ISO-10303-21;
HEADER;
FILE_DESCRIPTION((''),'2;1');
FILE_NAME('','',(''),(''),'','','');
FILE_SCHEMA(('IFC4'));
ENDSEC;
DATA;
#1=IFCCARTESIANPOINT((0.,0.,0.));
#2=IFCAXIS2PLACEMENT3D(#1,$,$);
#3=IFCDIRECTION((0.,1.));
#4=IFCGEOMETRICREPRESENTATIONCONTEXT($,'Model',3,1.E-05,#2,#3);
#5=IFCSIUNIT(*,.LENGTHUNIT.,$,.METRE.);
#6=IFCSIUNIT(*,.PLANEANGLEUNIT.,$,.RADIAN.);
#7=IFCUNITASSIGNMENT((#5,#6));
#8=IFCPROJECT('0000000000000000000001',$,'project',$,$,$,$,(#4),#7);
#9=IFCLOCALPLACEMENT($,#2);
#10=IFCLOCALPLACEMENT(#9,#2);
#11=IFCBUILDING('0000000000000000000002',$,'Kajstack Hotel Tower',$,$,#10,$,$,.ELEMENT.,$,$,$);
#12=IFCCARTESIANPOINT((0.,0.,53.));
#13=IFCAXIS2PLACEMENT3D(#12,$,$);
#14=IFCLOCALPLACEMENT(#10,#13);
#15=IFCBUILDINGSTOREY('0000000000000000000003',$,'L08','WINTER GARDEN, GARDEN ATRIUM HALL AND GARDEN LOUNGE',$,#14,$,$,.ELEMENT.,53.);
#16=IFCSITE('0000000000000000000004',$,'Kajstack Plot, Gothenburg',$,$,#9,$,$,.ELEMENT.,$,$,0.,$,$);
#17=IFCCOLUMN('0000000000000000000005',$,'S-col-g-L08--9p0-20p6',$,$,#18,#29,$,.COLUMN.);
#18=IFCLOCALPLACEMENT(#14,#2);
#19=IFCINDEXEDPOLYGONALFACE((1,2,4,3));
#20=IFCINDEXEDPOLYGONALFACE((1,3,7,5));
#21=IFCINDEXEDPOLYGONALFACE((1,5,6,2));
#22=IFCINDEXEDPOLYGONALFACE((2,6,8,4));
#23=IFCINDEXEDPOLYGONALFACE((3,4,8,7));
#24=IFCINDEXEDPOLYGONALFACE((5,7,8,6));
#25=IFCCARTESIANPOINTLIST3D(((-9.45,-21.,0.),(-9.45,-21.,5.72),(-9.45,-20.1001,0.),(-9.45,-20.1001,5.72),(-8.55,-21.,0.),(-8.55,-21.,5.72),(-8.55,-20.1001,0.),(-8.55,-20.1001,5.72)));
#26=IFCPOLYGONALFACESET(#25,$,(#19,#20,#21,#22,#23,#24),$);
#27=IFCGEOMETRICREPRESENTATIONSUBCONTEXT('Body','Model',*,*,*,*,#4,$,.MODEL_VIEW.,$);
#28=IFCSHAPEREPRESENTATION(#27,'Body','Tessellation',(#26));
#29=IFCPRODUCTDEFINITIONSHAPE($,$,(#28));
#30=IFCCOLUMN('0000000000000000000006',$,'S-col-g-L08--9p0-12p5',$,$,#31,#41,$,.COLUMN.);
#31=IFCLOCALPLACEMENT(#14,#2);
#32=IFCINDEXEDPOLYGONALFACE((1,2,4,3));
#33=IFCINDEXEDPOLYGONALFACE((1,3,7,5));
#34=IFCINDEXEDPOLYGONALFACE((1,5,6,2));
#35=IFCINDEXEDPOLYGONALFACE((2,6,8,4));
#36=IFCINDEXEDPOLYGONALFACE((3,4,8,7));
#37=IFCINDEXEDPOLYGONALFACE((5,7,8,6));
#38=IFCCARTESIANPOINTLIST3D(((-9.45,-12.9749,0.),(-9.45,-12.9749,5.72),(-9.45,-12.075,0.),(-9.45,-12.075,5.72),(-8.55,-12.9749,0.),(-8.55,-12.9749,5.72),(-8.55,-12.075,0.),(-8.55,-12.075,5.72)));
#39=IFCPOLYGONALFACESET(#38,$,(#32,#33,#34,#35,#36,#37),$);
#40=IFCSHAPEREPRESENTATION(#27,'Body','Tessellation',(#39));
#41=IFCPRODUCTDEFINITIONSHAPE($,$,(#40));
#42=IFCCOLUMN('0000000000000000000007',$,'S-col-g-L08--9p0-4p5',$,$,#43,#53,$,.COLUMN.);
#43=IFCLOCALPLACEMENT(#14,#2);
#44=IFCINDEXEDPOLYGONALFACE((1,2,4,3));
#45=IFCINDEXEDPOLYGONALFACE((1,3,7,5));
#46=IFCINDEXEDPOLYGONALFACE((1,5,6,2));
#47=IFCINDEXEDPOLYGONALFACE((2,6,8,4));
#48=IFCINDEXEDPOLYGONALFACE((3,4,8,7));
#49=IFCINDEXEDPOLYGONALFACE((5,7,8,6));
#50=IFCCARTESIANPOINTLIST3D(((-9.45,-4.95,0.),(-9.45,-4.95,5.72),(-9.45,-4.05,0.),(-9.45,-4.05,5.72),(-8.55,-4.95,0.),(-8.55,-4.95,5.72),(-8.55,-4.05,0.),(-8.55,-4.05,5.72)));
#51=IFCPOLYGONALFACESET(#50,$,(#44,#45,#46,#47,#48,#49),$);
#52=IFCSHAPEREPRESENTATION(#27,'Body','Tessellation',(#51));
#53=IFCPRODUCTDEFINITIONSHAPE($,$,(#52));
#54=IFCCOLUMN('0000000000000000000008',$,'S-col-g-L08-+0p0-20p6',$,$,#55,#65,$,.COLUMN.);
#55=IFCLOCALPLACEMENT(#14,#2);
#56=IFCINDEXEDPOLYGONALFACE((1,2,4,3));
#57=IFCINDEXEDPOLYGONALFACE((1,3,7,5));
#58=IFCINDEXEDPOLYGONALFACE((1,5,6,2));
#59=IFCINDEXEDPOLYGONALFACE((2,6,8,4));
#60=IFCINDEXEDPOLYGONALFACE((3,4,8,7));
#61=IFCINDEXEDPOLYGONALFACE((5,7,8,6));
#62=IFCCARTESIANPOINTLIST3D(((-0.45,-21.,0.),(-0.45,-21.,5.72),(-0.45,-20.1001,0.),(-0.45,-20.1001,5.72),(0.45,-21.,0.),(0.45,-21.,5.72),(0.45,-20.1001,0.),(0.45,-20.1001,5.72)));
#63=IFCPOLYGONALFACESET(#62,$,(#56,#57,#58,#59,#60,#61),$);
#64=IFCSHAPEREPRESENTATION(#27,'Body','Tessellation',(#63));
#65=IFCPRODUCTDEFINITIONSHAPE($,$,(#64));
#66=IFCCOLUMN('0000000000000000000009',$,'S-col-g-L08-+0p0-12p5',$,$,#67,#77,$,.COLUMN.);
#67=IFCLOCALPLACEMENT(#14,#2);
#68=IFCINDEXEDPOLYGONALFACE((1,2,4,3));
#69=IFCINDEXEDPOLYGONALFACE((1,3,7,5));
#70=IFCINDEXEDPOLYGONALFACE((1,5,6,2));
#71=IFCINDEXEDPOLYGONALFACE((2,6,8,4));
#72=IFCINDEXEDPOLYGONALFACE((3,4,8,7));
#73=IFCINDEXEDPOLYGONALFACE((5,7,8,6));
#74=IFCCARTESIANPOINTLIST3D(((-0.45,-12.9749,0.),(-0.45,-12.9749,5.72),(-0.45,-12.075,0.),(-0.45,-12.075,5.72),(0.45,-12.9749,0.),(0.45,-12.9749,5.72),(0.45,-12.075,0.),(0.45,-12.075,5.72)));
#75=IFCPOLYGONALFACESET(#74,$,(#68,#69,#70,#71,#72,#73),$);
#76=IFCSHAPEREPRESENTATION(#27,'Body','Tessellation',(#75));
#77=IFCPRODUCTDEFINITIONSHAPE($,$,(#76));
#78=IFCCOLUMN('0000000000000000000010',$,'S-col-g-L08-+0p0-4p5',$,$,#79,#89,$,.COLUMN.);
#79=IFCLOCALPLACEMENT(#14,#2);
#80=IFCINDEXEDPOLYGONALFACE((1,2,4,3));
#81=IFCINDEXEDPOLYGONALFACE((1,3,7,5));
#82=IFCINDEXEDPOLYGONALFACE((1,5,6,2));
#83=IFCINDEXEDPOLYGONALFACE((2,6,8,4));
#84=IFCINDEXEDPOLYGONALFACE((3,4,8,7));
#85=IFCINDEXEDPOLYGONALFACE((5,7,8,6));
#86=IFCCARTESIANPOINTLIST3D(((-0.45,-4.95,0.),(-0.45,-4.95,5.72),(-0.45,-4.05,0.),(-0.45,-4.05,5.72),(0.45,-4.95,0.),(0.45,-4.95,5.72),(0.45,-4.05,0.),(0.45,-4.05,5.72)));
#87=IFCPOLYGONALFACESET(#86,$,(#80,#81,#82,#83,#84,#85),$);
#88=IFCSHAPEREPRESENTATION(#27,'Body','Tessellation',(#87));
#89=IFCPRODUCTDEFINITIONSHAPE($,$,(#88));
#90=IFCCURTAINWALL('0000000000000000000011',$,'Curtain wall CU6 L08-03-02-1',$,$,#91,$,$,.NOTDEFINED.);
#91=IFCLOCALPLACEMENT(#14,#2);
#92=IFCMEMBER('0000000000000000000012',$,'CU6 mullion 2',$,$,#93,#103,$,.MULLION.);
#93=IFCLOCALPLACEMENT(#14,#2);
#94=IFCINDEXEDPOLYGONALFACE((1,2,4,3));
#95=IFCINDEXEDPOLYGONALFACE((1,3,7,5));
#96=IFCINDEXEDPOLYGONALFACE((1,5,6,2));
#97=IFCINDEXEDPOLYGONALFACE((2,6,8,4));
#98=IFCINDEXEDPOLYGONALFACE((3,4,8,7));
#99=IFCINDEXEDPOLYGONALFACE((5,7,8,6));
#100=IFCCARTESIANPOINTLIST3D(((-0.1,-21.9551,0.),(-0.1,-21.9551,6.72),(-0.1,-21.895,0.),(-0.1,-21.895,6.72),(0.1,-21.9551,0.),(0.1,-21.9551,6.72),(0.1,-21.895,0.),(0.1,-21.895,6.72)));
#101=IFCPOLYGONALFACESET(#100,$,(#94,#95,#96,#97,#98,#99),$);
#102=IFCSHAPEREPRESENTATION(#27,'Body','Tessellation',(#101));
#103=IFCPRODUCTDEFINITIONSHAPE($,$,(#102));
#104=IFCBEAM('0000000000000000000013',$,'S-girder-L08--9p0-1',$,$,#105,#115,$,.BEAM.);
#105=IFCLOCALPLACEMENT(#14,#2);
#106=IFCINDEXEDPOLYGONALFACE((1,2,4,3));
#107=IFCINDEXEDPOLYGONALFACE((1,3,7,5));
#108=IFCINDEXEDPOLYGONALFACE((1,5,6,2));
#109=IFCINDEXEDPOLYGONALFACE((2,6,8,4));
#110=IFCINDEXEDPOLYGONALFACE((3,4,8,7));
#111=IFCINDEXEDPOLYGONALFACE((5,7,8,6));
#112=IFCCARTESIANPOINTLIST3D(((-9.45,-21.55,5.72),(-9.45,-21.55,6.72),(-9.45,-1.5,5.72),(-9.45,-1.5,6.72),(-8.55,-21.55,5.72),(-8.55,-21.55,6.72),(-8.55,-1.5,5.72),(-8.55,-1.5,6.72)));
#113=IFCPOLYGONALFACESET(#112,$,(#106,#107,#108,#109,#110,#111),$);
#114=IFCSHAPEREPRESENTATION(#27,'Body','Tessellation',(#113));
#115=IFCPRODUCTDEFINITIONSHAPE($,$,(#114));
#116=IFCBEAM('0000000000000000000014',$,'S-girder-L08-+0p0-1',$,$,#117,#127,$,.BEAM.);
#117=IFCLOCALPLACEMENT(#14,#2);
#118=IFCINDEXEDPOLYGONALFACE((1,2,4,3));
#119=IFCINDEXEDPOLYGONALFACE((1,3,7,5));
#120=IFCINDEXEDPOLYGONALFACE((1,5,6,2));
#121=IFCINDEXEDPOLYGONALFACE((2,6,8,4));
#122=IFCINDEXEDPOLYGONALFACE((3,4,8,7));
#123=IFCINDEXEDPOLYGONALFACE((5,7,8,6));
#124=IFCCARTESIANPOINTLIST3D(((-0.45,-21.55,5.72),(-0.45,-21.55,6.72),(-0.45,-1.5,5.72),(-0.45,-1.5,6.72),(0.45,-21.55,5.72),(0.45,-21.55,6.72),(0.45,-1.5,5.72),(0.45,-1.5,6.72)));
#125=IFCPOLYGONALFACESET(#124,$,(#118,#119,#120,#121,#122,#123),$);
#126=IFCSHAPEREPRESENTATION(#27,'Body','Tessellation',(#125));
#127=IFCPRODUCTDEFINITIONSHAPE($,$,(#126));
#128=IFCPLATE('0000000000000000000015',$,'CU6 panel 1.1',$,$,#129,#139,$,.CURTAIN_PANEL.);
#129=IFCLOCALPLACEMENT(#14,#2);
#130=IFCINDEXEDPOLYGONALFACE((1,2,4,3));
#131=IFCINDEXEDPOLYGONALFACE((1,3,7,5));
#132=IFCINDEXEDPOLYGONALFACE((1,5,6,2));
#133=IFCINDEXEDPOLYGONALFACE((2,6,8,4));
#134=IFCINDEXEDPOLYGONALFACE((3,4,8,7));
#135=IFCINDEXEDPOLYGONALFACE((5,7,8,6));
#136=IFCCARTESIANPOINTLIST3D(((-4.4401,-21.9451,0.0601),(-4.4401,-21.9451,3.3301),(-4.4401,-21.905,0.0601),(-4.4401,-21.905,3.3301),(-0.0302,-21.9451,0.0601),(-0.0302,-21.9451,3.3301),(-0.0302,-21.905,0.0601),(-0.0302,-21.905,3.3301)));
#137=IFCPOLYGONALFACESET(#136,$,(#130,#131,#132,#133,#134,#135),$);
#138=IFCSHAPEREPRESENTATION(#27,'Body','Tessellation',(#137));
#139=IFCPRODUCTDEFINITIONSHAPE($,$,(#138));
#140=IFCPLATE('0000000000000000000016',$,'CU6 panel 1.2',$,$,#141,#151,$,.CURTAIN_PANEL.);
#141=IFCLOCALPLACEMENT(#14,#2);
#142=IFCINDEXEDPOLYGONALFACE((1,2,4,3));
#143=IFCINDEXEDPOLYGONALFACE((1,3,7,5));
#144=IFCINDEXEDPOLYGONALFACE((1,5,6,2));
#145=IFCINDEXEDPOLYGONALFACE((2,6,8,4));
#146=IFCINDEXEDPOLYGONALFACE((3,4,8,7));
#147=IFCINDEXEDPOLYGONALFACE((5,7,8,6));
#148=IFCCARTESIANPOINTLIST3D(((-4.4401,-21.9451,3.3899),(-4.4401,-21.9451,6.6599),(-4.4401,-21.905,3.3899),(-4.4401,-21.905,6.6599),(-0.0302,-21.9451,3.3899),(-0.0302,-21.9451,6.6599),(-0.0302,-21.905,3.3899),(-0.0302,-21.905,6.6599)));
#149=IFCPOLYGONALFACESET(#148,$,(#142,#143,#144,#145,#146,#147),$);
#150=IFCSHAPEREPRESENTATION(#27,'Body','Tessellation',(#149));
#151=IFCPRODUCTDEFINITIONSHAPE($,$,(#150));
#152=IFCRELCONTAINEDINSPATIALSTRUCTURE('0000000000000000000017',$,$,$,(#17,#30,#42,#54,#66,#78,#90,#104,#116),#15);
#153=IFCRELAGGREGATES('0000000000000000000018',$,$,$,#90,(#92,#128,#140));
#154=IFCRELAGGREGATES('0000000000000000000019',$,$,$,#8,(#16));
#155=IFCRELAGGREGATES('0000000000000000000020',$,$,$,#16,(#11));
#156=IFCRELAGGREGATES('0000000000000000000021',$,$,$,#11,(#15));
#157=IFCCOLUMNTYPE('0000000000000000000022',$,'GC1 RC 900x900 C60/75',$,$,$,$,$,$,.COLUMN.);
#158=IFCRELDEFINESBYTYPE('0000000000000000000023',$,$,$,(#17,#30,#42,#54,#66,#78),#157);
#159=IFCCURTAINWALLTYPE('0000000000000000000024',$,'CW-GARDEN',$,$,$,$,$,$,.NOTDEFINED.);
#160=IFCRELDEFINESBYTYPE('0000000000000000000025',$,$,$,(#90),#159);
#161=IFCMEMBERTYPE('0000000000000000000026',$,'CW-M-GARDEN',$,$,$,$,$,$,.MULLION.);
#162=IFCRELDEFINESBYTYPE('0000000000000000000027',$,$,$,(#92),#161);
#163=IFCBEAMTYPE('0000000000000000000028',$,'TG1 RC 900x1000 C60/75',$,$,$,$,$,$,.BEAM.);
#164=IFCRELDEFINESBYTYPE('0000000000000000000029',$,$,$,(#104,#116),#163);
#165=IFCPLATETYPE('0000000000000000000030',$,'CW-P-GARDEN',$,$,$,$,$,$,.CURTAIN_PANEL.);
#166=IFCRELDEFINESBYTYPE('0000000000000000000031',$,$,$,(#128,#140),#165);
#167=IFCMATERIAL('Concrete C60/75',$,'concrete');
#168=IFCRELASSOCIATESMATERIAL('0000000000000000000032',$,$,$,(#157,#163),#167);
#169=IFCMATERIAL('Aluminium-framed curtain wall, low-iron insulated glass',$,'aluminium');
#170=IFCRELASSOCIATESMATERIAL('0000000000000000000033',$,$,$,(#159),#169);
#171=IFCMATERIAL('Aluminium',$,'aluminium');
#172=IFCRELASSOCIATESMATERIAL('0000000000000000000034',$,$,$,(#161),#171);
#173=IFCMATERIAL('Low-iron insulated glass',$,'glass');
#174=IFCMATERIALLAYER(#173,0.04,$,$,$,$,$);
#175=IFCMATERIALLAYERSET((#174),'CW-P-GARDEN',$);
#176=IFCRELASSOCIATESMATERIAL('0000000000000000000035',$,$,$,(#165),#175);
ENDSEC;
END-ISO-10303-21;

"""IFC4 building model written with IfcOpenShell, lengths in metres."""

from ifc_helpers import new_model, si_unit, direction, frame, origin, origin_2d, place, context, subcontext, project, spatial, rectangle, extrude, material, layer, layer_set, material_profile, profile_set, type_object, element, aggregate, save


model = new_model("IFC4")

# Units and contexts
model_context = context("Model", 3, precision=1e-05, world=origin(), true_north=direction((0.0, 1.0)))
body_context = subcontext(model_context, "Body", "Model", "MODEL_VIEW")
ifc_project = project(units=[si_unit("LENGTHUNIT", "METRE"), si_unit("PLANEANGLEUNIT", "RADIAN")], contexts=[model_context])

# Site, building, storey
site_placement = place(None, origin())
site = spatial("IfcSite", under=ifc_project, at=site_placement, Name="Kajstack Plot, Gothenburg", CompositionType="ELEMENT", RefElevation=0.0)
building_placement = place(site_placement, origin())
building = spatial("IfcBuilding", under=site, at=building_placement, Name="Kajstack Hotel Tower", CompositionType="ELEMENT")
storey_placement = place(building_placement, frame((0.0, 0.0, 53.0)))
storey = spatial("IfcBuildingStorey", under=building, at=storey_placement, Name="L08", Description="WINTER GARDEN, GARDEN ATRIUM HALL AND GARDEN LOUNGE", CompositionType="ELEMENT", Elevation=53.0)

# Columns
ifc_material_1 = material(Name="Concrete C60/75", Category="concrete")
ifc_material_profile_1 = material_profile(ifc_material_1, rectangle(XDim=0.8999, YDim=0.8999, at=origin_2d()), Name="RC 900x900")
ifc_profile_set_1 = profile_set([ifc_material_profile_1], Name="Concrete C60/75")
column_type = type_object("IfcColumnType", Name="GC1 RC 900x900 C60/75", PredefinedType="COLUMN", material=ifc_profile_set_1)
for number, where, z_axis, x_axis, name in (
    (1, (-9.0, -20.55, 0.0), (0.0, 0.0, 1.0), (1.0, 0.0, 0.0), "S-col-g-L08--9p0-20p6"),
    (2, (-9.0, -12.5249, 0.0), (0.0, 0.0, 1.0), (1.0, 0.0, 0.0), "S-col-g-L08--9p0-12p5"),
    (3, (-9.0, -4.5, 0.0), (0.0, 0.0, 1.0), (1.0, 0.0, 0.0), "S-col-g-L08--9p0-4p5"),
    (4, (0.0, -20.55, 0.0), (0.0, 0.0, 1.0), (1.0, 0.0, 0.0), "S-col-g-L08-+0p0-20p6"),
    (5, (0.0, -12.5249, 0.0), (0.0, 0.0, 1.0), (1.0, 0.0, 0.0), "S-col-g-L08-+0p0-12p5"),
    (6, (0.0, -4.5, 0.0), (0.0, 0.0, 1.0), (1.0, 0.0, 0.0), "S-col-g-L08-+0p0-4p5"),
):
    element("IfcColumn", number, at=place(storey_placement, frame(where, z_axis=z_axis, x_axis=x_axis)), inside=storey, type_object=column_type, Name=name, PredefinedType="COLUMN", context=body_context, shape_type="SweptSolid", body=[
        extrude(rectangle(XDim=0.8999, YDim=0.8999, at=origin_2d()), origin(), (0.0, 0.0, 1.0), 5.72),
    ])

# Curtain wall, member
ifc_material_2 = material(Name="Aluminium-framed curtain wall, low-iron insulated glass", Category="aluminium")
curtain_wall_type = type_object("IfcCurtainWallType", Name="CW-GARDEN", PredefinedType="NOTDEFINED", material=ifc_material_2)
curtain_wall_placement = place(storey_placement, origin())
curtain_wall = element("IfcCurtainWall", 7, at=curtain_wall_placement, inside=storey, type_object=curtain_wall_type, Name="Curtain wall CU6 L08-03-02-1", PredefinedType="NOTDEFINED")
ifc_material_3 = material(Name="Aluminium", Category="aluminium")
ifc_material_profile_2 = material_profile(ifc_material_3, rectangle(XDim=0.0601, YDim=0.2, at=origin_2d()), Name="Aluminium mullion 60 x 200")
ifc_profile_set_2 = profile_set([ifc_material_profile_2], Name="Aluminium")
member_type = type_object("IfcMemberType", Name="CW-M-GARDEN", PredefinedType="MULLION", material=ifc_profile_set_2)
member_placement = place(storey_placement, frame((0.0, -21.925, 0.0), z_axis=(0.0, 0.0, 1.0), x_axis=(0.0, 1.0, 0.0)))
member = element("IfcMember", 8, at=member_placement, type_object=member_type, Name="CU6 mullion 2", PredefinedType="MULLION", context=body_context, shape_type="SweptSolid", body=[
    extrude(rectangle(XDim=0.0601, YDim=0.2, at=origin_2d()), origin(), (0.0, 0.0, 1.0), 6.72),
])

# Beams
ifc_material_profile_3 = material_profile(ifc_material_1, rectangle(XDim=0.8999, YDim=1.0, at=origin_2d()), Name="RC 900x1000")
ifc_profile_set_3 = profile_set([ifc_material_profile_3], Name="Concrete C60/75")
beam_type = type_object("IfcBeamType", Name="TG1 RC 900x1000 C60/75", PredefinedType="BEAM", material=ifc_profile_set_3)
for number, where, z_axis, x_axis, name in (
    (9, (-9.0, -21.55, 6.22), (0.0, 1.0, 0.0), (-1.0, 0.0, 0.0), "S-girder-L08--9p0-1"),
    (10, (0.0, -21.55, 6.22), (0.0, 1.0, 0.0), (-1.0, 0.0, 0.0), "S-girder-L08-+0p0-1"),
):
    element("IfcBeam", number, at=place(storey_placement, frame(where, z_axis=z_axis, x_axis=x_axis)), inside=storey, type_object=beam_type, Name=name, PredefinedType="BEAM", context=body_context, shape_type="SweptSolid", body=[
        extrude(rectangle(XDim=0.8999, YDim=1.0, at=origin_2d()), origin(), (0.0, 0.0, 1.0), 20.05),
    ])

# Plates
ifc_material_4 = material(Name="Low-iron insulated glass", Category="glass")
ifc_layer_1 = layer(ifc_material_4, 0.04)
ifc_layer_set_1 = layer_set([ifc_layer_1], Name="CW-P-GARDEN")
plate_type = type_object("IfcPlateType", Name="CW-P-GARDEN", PredefinedType="CURTAIN_PANEL", material=ifc_layer_set_1)
plate_1_placement = place(storey_placement, frame((-2.2351, -21.925, 0.0601), z_axis=(0.0, 0.0, 1.0), x_axis=(1.0, 0.0, 0.0)))
plate_1 = element("IfcPlate", 11, at=plate_1_placement, type_object=plate_type, Name="CU6 panel 1.1", PredefinedType="CURTAIN_PANEL", context=body_context, shape_type="SweptSolid", body=[
    extrude(rectangle(XDim=4.4099, YDim=0.04, at=origin_2d()), origin(), (0.0, 0.0, 1.0), 3.27),
])
plate_2_placement = place(storey_placement, frame((-2.2351, -21.925, 3.3899), z_axis=(0.0, 0.0, 1.0), x_axis=(1.0, 0.0, 0.0)))
plate_2 = element("IfcPlate", 12, at=plate_2_placement, type_object=plate_type, Name="CU6 panel 1.2", PredefinedType="CURTAIN_PANEL", context=body_context, shape_type="SweptSolid", body=[
    extrude(rectangle(XDim=4.4099, YDim=0.04, at=origin_2d()), origin(), (0.0, 0.0, 1.0), 3.27),
])
aggregate(curtain_wall, [member, plate_1, plate_2])

save(model, "model.ifc")
